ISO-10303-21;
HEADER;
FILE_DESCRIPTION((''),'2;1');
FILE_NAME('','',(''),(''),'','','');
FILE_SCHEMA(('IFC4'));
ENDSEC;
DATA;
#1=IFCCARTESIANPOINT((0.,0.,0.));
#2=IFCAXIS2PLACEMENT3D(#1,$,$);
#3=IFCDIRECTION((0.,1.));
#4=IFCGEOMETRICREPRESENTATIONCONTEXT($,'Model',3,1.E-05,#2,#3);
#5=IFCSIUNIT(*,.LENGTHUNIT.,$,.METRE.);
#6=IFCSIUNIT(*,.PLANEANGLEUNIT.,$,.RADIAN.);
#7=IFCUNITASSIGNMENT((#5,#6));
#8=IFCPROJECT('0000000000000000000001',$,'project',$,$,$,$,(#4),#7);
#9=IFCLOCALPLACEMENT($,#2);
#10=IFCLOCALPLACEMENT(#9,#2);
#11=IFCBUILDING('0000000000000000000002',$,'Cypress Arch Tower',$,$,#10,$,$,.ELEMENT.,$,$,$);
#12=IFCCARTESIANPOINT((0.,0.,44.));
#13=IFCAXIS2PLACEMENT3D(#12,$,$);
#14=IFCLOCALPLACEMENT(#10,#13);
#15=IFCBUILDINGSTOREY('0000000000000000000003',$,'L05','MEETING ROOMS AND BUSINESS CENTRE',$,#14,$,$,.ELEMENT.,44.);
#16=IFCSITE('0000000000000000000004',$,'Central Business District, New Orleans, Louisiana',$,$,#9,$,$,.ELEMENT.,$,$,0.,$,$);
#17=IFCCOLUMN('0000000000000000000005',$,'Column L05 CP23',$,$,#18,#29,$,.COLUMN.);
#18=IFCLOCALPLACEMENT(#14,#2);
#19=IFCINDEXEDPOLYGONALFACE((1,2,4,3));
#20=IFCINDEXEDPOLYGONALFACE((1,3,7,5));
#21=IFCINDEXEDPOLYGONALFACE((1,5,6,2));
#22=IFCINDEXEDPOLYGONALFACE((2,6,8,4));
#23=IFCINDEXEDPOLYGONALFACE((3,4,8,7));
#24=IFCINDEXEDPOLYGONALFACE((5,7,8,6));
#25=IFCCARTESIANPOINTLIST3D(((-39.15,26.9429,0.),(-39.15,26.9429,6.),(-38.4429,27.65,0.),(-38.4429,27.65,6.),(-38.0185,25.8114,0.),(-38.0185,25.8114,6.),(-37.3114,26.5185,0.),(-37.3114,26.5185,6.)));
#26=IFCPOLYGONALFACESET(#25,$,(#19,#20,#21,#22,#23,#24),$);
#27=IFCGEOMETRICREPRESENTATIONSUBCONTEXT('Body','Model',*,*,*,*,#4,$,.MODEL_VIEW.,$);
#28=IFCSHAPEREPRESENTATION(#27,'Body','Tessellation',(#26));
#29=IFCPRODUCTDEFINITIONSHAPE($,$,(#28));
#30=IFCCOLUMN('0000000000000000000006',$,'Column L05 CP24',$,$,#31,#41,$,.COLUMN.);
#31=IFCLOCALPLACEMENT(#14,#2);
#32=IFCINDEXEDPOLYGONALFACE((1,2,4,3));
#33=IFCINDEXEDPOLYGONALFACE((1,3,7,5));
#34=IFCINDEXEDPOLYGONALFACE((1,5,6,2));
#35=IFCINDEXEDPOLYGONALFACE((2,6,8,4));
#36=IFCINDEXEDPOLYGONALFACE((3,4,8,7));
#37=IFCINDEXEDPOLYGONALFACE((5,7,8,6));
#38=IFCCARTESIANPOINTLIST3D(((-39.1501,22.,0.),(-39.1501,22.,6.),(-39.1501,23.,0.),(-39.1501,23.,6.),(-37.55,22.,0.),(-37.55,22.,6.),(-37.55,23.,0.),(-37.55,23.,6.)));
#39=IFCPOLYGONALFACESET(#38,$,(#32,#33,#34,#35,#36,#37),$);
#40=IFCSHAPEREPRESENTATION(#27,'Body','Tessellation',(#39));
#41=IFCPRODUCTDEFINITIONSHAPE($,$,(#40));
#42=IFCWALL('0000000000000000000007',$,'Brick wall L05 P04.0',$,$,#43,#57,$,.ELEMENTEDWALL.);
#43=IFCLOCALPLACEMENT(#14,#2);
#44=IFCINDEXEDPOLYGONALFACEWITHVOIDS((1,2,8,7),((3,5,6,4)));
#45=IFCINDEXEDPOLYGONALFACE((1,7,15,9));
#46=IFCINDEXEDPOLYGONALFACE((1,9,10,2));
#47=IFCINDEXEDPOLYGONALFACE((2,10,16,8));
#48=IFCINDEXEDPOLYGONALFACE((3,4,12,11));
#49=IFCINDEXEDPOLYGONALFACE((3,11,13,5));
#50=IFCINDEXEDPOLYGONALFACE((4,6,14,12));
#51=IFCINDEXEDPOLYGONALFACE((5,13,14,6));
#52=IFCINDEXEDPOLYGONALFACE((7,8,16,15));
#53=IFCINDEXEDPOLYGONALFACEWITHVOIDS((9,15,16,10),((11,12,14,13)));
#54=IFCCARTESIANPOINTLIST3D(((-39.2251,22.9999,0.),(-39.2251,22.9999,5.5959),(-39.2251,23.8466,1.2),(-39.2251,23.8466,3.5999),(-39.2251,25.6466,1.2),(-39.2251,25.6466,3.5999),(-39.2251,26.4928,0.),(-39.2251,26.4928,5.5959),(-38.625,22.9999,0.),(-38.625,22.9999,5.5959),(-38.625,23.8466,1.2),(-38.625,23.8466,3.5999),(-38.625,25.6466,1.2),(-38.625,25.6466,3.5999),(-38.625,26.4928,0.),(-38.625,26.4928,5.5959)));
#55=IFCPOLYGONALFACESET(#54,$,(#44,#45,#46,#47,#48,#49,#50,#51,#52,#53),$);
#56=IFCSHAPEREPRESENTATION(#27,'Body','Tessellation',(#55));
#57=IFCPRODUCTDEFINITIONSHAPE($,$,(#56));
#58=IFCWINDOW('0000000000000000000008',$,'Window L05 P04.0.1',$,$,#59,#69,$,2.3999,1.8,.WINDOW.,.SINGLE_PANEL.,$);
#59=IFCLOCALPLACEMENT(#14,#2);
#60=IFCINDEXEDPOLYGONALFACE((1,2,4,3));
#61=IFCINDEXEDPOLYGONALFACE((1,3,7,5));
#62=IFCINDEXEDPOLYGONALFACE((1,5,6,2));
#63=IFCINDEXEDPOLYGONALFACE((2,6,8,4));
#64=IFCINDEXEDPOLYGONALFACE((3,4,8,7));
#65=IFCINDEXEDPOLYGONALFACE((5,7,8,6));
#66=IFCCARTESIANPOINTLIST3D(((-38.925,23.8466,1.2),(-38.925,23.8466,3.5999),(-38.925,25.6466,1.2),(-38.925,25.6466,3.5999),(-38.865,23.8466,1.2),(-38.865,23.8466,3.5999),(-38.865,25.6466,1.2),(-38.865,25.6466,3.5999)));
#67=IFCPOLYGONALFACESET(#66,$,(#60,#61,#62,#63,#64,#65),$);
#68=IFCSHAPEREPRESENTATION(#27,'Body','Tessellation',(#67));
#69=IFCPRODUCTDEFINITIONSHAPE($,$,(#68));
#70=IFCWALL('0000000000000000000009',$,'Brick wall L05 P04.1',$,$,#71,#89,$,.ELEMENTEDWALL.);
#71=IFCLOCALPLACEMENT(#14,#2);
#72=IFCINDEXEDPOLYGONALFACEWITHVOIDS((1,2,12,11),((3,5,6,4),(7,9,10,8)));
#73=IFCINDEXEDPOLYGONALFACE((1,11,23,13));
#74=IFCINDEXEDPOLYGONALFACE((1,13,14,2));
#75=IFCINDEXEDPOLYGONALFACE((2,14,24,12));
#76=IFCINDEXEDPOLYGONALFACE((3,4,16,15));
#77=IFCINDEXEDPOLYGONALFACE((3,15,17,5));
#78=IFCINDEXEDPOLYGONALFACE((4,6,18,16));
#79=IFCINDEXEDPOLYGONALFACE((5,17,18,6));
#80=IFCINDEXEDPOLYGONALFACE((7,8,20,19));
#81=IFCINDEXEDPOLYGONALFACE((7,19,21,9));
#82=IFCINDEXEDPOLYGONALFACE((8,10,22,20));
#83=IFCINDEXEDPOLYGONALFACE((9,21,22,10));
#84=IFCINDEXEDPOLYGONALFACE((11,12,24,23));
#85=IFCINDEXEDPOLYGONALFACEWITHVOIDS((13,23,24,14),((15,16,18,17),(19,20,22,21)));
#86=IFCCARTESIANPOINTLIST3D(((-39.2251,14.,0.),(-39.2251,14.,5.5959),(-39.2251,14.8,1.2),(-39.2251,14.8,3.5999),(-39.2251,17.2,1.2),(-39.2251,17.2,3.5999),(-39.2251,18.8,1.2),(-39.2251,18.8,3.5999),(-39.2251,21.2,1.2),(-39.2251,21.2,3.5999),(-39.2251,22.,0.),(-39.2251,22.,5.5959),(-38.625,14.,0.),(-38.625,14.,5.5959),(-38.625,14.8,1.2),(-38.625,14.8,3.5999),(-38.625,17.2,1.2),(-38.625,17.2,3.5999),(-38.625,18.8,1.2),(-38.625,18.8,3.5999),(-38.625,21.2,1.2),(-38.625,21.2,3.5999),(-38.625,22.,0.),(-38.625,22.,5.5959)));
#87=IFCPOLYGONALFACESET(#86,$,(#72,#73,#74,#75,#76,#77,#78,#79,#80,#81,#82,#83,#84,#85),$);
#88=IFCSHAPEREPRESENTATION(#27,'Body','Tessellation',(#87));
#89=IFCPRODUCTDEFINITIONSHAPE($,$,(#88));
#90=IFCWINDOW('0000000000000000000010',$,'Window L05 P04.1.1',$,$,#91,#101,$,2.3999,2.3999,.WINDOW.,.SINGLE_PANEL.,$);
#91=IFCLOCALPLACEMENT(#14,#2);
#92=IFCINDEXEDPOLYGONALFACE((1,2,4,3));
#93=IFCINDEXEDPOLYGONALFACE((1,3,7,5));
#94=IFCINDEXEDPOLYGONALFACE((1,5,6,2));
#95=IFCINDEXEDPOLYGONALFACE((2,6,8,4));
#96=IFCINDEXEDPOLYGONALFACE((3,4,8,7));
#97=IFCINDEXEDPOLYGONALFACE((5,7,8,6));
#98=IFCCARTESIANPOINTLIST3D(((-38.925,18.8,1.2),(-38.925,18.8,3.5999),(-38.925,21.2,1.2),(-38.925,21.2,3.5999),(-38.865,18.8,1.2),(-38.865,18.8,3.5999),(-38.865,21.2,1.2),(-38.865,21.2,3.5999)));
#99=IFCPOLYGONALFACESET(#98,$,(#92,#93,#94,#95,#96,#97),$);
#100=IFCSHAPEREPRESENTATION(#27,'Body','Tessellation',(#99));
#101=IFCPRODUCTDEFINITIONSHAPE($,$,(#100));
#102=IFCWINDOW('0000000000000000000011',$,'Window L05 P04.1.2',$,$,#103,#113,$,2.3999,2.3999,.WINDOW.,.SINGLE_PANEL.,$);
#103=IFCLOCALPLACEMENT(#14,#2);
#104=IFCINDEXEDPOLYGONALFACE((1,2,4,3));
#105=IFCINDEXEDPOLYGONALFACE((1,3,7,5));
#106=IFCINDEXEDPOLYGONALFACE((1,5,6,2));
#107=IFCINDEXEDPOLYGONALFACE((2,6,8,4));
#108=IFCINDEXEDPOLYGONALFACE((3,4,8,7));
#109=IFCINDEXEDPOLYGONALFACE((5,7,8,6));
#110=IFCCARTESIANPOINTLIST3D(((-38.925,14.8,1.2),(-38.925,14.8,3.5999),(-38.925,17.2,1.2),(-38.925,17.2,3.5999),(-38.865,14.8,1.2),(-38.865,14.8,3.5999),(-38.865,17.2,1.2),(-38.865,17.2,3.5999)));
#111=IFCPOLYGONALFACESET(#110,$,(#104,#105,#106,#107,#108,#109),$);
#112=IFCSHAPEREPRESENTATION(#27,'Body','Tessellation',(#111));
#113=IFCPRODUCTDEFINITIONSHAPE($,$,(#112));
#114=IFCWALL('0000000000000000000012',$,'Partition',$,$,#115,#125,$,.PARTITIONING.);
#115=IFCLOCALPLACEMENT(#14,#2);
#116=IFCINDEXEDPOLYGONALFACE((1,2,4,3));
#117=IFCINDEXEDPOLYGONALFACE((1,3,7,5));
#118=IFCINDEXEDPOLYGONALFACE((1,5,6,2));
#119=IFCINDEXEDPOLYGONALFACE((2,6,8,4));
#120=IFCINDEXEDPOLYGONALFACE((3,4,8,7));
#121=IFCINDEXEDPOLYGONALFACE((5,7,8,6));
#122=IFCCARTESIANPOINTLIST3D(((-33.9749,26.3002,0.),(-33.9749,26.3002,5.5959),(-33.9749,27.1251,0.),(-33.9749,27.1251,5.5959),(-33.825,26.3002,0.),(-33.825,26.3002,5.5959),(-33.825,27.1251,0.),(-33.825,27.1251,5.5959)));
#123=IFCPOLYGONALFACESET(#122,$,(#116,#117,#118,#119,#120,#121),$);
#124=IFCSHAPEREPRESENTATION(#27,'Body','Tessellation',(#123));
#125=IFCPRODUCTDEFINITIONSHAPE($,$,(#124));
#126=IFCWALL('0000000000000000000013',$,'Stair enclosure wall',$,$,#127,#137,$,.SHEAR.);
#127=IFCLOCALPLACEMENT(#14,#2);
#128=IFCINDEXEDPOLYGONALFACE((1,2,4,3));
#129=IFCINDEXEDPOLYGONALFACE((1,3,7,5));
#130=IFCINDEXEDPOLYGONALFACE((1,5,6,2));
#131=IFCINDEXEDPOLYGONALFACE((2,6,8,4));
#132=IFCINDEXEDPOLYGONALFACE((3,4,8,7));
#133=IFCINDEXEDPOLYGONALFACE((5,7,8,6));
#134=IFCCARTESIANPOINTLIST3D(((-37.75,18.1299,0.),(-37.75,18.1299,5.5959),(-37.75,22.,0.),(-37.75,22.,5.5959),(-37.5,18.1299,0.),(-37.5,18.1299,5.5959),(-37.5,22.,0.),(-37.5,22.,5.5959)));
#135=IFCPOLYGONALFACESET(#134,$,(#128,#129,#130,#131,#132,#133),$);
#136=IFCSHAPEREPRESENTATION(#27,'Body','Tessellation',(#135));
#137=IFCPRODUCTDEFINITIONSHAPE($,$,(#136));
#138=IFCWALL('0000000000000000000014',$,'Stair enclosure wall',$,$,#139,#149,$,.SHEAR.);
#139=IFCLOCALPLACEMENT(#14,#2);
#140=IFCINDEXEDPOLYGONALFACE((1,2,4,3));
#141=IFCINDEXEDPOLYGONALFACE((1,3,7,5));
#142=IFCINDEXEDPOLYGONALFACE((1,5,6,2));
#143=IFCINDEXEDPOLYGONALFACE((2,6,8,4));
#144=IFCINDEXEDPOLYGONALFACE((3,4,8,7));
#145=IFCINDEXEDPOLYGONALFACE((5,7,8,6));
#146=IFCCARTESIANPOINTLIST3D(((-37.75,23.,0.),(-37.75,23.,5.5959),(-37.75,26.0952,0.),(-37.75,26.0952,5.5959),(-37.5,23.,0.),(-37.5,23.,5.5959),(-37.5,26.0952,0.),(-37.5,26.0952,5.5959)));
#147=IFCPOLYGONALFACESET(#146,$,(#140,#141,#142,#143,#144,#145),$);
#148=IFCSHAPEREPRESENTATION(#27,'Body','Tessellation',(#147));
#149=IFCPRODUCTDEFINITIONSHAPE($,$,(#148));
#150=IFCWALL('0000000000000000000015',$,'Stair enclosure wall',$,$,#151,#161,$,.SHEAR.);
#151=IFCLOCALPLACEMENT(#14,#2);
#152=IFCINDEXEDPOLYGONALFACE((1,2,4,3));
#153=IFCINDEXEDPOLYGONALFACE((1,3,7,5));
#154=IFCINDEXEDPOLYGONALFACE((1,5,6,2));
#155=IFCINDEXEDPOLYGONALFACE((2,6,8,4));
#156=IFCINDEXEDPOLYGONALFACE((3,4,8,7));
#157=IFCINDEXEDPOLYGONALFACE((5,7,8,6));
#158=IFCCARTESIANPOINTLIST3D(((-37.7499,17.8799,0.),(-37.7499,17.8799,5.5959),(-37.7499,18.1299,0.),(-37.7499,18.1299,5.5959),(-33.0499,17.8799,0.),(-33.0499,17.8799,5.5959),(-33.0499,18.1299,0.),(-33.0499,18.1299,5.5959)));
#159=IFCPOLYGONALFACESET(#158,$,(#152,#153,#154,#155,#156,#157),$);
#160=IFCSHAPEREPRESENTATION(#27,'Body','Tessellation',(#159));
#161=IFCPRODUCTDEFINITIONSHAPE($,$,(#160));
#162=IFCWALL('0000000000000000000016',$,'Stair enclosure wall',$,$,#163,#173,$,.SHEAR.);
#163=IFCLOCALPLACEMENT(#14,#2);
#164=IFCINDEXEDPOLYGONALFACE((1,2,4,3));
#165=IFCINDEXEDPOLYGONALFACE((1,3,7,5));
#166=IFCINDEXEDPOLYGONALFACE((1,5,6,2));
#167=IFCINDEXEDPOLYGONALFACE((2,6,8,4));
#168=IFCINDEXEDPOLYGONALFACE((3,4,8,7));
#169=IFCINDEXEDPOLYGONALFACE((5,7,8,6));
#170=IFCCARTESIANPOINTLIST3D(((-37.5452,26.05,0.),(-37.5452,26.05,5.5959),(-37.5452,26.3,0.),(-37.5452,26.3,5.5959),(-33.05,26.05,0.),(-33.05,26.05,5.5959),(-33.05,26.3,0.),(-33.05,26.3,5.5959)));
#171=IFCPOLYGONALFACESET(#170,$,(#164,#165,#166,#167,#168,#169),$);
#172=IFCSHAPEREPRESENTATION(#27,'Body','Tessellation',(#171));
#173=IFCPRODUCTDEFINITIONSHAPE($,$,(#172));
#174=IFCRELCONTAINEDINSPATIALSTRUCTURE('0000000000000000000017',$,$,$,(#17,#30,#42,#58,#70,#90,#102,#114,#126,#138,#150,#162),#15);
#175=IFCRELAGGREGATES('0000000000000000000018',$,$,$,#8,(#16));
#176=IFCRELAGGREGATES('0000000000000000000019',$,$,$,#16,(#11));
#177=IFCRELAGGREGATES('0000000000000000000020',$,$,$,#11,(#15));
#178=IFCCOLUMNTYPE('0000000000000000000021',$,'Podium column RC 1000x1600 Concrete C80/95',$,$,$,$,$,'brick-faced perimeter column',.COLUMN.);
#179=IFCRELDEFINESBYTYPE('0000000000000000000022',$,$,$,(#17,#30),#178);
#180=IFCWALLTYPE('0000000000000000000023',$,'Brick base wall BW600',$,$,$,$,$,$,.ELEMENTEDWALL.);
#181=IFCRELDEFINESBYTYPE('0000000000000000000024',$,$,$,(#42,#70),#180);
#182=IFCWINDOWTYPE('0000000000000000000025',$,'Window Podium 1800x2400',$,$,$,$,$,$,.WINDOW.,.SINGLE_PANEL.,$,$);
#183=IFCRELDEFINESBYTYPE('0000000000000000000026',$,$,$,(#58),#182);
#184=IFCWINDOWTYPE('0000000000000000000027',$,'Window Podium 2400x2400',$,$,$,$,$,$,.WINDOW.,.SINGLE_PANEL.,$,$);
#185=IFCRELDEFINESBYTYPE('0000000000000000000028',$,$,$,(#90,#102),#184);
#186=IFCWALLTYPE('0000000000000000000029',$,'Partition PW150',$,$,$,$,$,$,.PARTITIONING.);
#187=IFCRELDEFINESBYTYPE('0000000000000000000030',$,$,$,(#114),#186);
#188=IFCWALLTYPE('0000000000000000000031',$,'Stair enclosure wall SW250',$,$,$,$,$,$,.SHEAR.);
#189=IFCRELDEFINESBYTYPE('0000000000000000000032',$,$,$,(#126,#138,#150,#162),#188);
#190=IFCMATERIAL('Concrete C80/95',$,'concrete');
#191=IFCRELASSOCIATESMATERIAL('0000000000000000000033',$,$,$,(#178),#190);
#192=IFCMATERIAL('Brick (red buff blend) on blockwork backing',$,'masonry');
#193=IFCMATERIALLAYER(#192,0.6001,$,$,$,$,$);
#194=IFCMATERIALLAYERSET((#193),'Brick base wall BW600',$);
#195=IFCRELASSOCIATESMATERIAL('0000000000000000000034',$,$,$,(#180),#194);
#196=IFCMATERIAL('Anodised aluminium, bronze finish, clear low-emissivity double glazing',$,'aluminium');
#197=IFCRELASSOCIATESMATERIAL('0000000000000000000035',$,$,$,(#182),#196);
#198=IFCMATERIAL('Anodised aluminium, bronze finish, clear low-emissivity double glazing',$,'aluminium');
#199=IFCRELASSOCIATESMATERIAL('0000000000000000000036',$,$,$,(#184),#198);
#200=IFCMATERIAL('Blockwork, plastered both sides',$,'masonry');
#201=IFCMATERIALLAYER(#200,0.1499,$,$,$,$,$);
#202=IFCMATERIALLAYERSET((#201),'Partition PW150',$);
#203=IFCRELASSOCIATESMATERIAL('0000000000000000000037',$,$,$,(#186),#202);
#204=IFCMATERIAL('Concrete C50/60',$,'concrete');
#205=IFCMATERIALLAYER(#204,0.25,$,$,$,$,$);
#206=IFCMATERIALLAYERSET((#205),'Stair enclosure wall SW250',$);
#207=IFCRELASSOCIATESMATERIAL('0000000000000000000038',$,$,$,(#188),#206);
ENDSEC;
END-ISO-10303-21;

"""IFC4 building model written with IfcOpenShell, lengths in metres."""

from ifc_helpers import new_model, si_unit, direction, frame, frame_2d, origin, origin_2d, place, context, subcontext, project, spatial, rectangle, extrude, material, layer, layer_set, material_profile, profile_set, type_object, element, fill, save


model = new_model("IFC4")

# Units and contexts
model_context = context("Model", 3, precision=1e-05, world=origin(), true_north=direction((0.0, 1.0)))
body_context = subcontext(model_context, "Body", "Model", "MODEL_VIEW")
ifc_project = project(units=[si_unit("LENGTHUNIT", "METRE"), si_unit("PLANEANGLEUNIT", "RADIAN")], contexts=[model_context])

# Site, building, storey
site_placement = place(None, origin())
site = spatial("IfcSite", under=ifc_project, at=site_placement, Name="Central Business District, New Orleans, Louisiana", CompositionType="ELEMENT", RefElevation=0.0)
building_placement = place(site_placement, origin())
building = spatial("IfcBuilding", under=site, at=building_placement, Name="Cypress Arch Tower", CompositionType="ELEMENT")
storey_placement = place(building_placement, frame((0.0, 0.0, 44.0)))
storey = spatial("IfcBuildingStorey", under=building, at=storey_placement, Name="L05", Description="MEETING ROOMS AND BUSINESS CENTRE", CompositionType="ELEMENT", Elevation=44.0)

# Columns
ifc_material_1 = material(Name="Concrete C80/95", Category="concrete")
ifc_material_profile = material_profile(ifc_material_1, rectangle(XDim=1.0, YDim=1.6001, at=origin_2d()), Name="RC 1000x1600")
ifc_profile_set = profile_set([ifc_material_profile], Name="Concrete C80/95")
column_type = type_object("IfcColumnType", Name="Podium column RC 1000x1600 Concrete C80/95", ElementType="brick-faced perimeter column", PredefinedType="COLUMN", material=ifc_profile_set)
for number, where, z_axis, x_axis, name in (
    (1, (-38.2307, 26.7307, 0.0), (0.0, 0.0, 1.0), (-0.707107, -0.707107, 0.0), "Column L05 CP23"),
    (2, (-38.3501, 22.5, 0.0), (0.0, 0.0, 1.0), (0.0, -1.0, 0.0), "Column L05 CP24"),
):
    element("IfcColumn", number, at=place(storey_placement, frame(where, z_axis=z_axis, x_axis=x_axis)), inside=storey, type_object=column_type, Name=name, PredefinedType="COLUMN", context=body_context, shape_type="SweptSolid", body=[
        extrude(rectangle(XDim=1.0, YDim=1.6001, at=origin_2d()), origin(), (0.0, 0.0, 1.0), 6.0),
    ])

# Wall, opening, window
ifc_material_2 = material(Name="Brick (red buff blend) on blockwork backing", Category="masonry")
ifc_layer_1 = layer(ifc_material_2, 0.6001)
ifc_layer_set_1 = layer_set([ifc_layer_1], Name="Brick base wall BW600")
wall_type_1 = type_object("IfcWallType", Name="Brick base wall BW600", PredefinedType="ELEMENTEDWALL", material=ifc_layer_set_1)
wall_1_placement = place(storey_placement, frame((-38.925, 26.4929, 0.0), z_axis=(0.0, 0.0, 1.0), x_axis=(0.0, -1.0, 0.0)))
wall_1 = element("IfcWall", 3, at=wall_1_placement, inside=storey, type_object=wall_type_1, Name="Brick wall L05 P04.0", PredefinedType="ELEMENTEDWALL", context=body_context, shape_type="SweptSolid", body=[
    extrude(rectangle(XDim=3.4929, YDim=0.6001, at=frame_2d((1.7466, 0.0))), origin(), (0.0, 0.0, 1.0), 5.5959),
])
opening_1_placement = place(wall_1_placement, frame((0.8464, 0.0, 1.2)))
opening_1 = element("IfcOpeningElement", 4, at=opening_1_placement, cuts=wall_1, PredefinedType="OPENING", context=body_context, shape_type="SweptSolid", body=[
    extrude(rectangle(XDim=1.8, YDim=2.3999, at=frame_2d((0.8999, 1.2))), frame((0.0, 0.3101, 0.0), z_axis=(0.0, -1.0, 0.0), x_axis=(1.0, 0.0, 0.0)), (0.0, 0.0, 1.0), 0.6201),
])
ifc_material_3 = material(Name="Anodised aluminium, bronze finish, clear low-emissivity double glazing", Category="aluminium")
window_type_1 = type_object("IfcWindowType", Name="Window Podium 1800x2400", PartitioningType="SINGLE_PANEL", PredefinedType="WINDOW", material=ifc_material_3)
window_1_placement = place(opening_1_placement, origin())
window_1 = element("IfcWindow", 5, at=window_1_placement, inside=storey, type_object=window_type_1, Name="Window L05 P04.0.1", OverallHeight=2.3999, OverallWidth=1.8, PartitioningType="SINGLE_PANEL", PredefinedType="WINDOW", context=body_context, shape_type="SweptSolid", body=[
    extrude(rectangle(XDim=1.8, YDim=2.3999, at=frame_2d((0.8999, 1.2))), frame((0.0, 0.0601, 0.0), z_axis=(0.0, -1.0, 0.0), x_axis=(1.0, 0.0, 0.0)), (0.0, 0.0, 1.0), 0.0601),
])
fill(opening_1, window_1)

# Wall, openings, windows
wall_2_placement = place(storey_placement, frame((-38.925, 22.0, 0.0), z_axis=(0.0, 0.0, 1.0), x_axis=(0.0, -1.0, 0.0)))
wall_2 = element("IfcWall", 6, at=wall_2_placement, inside=storey, type_object=wall_type_1, Name="Brick wall L05 P04.1", PredefinedType="ELEMENTEDWALL", context=body_context, shape_type="SweptSolid", body=[
    extrude(rectangle(XDim=8.0, YDim=0.6001, at=frame_2d((4.0, 0.0))), origin(), (0.0, 0.0, 1.0), 5.5959),
])
opening_2_placement = place(wall_2_placement, frame((0.8, 0.0, 1.2)))
opening_2 = element("IfcOpeningElement", 7, at=opening_2_placement, cuts=wall_2, PredefinedType="OPENING", context=body_context, shape_type="SweptSolid", body=[
    extrude(rectangle(XDim=2.3999, YDim=2.3999, at=frame_2d((1.2, 1.2))), frame((0.0, 0.3101, 0.0), z_axis=(0.0, -1.0, 0.0), x_axis=(1.0, 0.0, 0.0)), (0.0, 0.0, 1.0), 0.6201),
])
opening_3_placement = place(wall_2_placement, frame((4.8, 0.0, 1.2)))
opening_3 = element("IfcOpeningElement", 8, at=opening_3_placement, cuts=wall_2, PredefinedType="OPENING", context=body_context, shape_type="SweptSolid", body=[
    extrude(rectangle(XDim=2.3999, YDim=2.3999, at=frame_2d((1.2, 1.2))), frame((0.0, 0.3101, 0.0), z_axis=(0.0, -1.0, 0.0), x_axis=(1.0, 0.0, 0.0)), (0.0, 0.0, 1.0), 0.6201),
])
ifc_material_4 = material(Name="Anodised aluminium, bronze finish, clear low-emissivity double glazing", Category="aluminium")
window_type_2 = type_object("IfcWindowType", Name="Window Podium 2400x2400", PartitioningType="SINGLE_PANEL", PredefinedType="WINDOW", material=ifc_material_4)
window_2_placement = place(opening_2_placement, origin())
window_2 = element("IfcWindow", 9, at=window_2_placement, inside=storey, type_object=window_type_2, Name="Window L05 P04.1.1", OverallHeight=2.3999, OverallWidth=2.3999, PartitioningType="SINGLE_PANEL", PredefinedType="WINDOW", context=body_context, shape_type="SweptSolid", body=[
    extrude(rectangle(XDim=2.3999, YDim=2.3999, at=frame_2d((1.2, 1.2))), frame((0.0, 0.0601, 0.0), z_axis=(0.0, -1.0, 0.0), x_axis=(1.0, 0.0, 0.0)), (0.0, 0.0, 1.0), 0.0601),
])
fill(opening_2, window_2)
window_3_placement = place(opening_3_placement, origin())
window_3 = element("IfcWindow", 10, at=window_3_placement, inside=storey, type_object=window_type_2, Name="Window L05 P04.1.2", OverallHeight=2.3999, OverallWidth=2.3999, PartitioningType="SINGLE_PANEL", PredefinedType="WINDOW", context=body_context, shape_type="SweptSolid", body=[
    extrude(rectangle(XDim=2.3999, YDim=2.3999, at=frame_2d((1.2, 1.2))), frame((0.0, 0.0601, 0.0), z_axis=(0.0, -1.0, 0.0), x_axis=(1.0, 0.0, 0.0)), (0.0, 0.0, 1.0), 0.0601),
])
fill(opening_3, window_3)

# Walls
ifc_material_5 = material(Name="Blockwork, plastered both sides", Category="masonry")
ifc_layer_2 = layer(ifc_material_5, 0.1499)
ifc_layer_set_2 = layer_set([ifc_layer_2], Name="Partition PW150")
wall_type_2 = type_object("IfcWallType", Name="Partition PW150", PredefinedType="PARTITIONING", material=ifc_layer_set_2)
wall_3_placement = place(storey_placement, frame((-33.8999, 26.3, 0.0), z_axis=(0.0, 0.0, 1.0), x_axis=(0.0, 1.0, 0.0)))
element("IfcWall", 11, at=wall_3_placement, inside=storey, type_object=wall_type_2, Name="Partition", PredefinedType="PARTITIONING", context=body_context, shape_type="SweptSolid", body=[
    extrude(rectangle(XDim=0.825, YDim=0.1499, at=frame_2d((0.4126, 0.0))), origin(), (0.0, 0.0, 1.0), 5.5959),
])
ifc_material_6 = material(Name="Concrete C50/60", Category="concrete")
ifc_layer_3 = layer(ifc_material_6, 0.25)
ifc_layer_set_3 = layer_set([ifc_layer_3], Name="Stair enclosure wall SW250")
wall_type_3 = type_object("IfcWallType", Name="Stair enclosure wall SW250", PredefinedType="SHEAR", material=ifc_layer_set_3)
wall_4_placement = place(storey_placement, frame((-37.625, 18.1299, 0.0), z_axis=(0.0, 0.0, 1.0), x_axis=(0.0, 1.0, 0.0)))
element("IfcWall", 12, at=wall_4_placement, inside=storey, type_object=wall_type_3, Name="Stair enclosure wall", PredefinedType="SHEAR", context=body_context, shape_type="SweptSolid", body=[
    extrude(rectangle(XDim=3.8701, YDim=0.25, at=frame_2d((1.9351, 0.0))), origin(), (0.0, 0.0, 1.0), 5.5959),
])
wall_5_placement = place(storey_placement, frame((-37.625, 23.0, 0.0), z_axis=(0.0, 0.0, 1.0), x_axis=(0.0, 1.0, 0.0)))
element("IfcWall", 13, at=wall_5_placement, inside=storey, type_object=wall_type_3, Name="Stair enclosure wall", PredefinedType="SHEAR", context=body_context, shape_type="SweptSolid", body=[
    extrude(rectangle(XDim=3.0952, YDim=0.25, at=frame_2d((1.5476, 0.0))), origin(), (0.0, 0.0, 1.0), 5.5959),
])
wall_6_placement = place(storey_placement, frame((-37.75, 18.0049, 0.0), z_axis=(0.0, 0.0, 1.0), x_axis=(1.0, 0.0, 0.0)))
element("IfcWall", 14, at=wall_6_placement, inside=storey, type_object=wall_type_3, Name="Stair enclosure wall", PredefinedType="SHEAR", context=body_context, shape_type="SweptSolid", body=[
    extrude(rectangle(XDim=4.7, YDim=0.25, at=frame_2d((2.3501, 0.0))), origin(), (0.0, 0.0, 1.0), 5.5959),
])
wall_7_placement = place(storey_placement, frame((-37.5452, 26.175, 0.0), z_axis=(0.0, 0.0, 1.0), x_axis=(1.0, 0.0, 0.0)))
element("IfcWall", 15, at=wall_7_placement, inside=storey, type_object=wall_type_3, Name="Stair enclosure wall", PredefinedType="SHEAR", context=body_context, shape_type="SweptSolid", body=[
    extrude(rectangle(XDim=4.4951, YDim=0.25, at=frame_2d((2.2476, 0.0))), origin(), (0.0, 0.0, 1.0), 5.5959),
])

save(model, "model.ifc")
